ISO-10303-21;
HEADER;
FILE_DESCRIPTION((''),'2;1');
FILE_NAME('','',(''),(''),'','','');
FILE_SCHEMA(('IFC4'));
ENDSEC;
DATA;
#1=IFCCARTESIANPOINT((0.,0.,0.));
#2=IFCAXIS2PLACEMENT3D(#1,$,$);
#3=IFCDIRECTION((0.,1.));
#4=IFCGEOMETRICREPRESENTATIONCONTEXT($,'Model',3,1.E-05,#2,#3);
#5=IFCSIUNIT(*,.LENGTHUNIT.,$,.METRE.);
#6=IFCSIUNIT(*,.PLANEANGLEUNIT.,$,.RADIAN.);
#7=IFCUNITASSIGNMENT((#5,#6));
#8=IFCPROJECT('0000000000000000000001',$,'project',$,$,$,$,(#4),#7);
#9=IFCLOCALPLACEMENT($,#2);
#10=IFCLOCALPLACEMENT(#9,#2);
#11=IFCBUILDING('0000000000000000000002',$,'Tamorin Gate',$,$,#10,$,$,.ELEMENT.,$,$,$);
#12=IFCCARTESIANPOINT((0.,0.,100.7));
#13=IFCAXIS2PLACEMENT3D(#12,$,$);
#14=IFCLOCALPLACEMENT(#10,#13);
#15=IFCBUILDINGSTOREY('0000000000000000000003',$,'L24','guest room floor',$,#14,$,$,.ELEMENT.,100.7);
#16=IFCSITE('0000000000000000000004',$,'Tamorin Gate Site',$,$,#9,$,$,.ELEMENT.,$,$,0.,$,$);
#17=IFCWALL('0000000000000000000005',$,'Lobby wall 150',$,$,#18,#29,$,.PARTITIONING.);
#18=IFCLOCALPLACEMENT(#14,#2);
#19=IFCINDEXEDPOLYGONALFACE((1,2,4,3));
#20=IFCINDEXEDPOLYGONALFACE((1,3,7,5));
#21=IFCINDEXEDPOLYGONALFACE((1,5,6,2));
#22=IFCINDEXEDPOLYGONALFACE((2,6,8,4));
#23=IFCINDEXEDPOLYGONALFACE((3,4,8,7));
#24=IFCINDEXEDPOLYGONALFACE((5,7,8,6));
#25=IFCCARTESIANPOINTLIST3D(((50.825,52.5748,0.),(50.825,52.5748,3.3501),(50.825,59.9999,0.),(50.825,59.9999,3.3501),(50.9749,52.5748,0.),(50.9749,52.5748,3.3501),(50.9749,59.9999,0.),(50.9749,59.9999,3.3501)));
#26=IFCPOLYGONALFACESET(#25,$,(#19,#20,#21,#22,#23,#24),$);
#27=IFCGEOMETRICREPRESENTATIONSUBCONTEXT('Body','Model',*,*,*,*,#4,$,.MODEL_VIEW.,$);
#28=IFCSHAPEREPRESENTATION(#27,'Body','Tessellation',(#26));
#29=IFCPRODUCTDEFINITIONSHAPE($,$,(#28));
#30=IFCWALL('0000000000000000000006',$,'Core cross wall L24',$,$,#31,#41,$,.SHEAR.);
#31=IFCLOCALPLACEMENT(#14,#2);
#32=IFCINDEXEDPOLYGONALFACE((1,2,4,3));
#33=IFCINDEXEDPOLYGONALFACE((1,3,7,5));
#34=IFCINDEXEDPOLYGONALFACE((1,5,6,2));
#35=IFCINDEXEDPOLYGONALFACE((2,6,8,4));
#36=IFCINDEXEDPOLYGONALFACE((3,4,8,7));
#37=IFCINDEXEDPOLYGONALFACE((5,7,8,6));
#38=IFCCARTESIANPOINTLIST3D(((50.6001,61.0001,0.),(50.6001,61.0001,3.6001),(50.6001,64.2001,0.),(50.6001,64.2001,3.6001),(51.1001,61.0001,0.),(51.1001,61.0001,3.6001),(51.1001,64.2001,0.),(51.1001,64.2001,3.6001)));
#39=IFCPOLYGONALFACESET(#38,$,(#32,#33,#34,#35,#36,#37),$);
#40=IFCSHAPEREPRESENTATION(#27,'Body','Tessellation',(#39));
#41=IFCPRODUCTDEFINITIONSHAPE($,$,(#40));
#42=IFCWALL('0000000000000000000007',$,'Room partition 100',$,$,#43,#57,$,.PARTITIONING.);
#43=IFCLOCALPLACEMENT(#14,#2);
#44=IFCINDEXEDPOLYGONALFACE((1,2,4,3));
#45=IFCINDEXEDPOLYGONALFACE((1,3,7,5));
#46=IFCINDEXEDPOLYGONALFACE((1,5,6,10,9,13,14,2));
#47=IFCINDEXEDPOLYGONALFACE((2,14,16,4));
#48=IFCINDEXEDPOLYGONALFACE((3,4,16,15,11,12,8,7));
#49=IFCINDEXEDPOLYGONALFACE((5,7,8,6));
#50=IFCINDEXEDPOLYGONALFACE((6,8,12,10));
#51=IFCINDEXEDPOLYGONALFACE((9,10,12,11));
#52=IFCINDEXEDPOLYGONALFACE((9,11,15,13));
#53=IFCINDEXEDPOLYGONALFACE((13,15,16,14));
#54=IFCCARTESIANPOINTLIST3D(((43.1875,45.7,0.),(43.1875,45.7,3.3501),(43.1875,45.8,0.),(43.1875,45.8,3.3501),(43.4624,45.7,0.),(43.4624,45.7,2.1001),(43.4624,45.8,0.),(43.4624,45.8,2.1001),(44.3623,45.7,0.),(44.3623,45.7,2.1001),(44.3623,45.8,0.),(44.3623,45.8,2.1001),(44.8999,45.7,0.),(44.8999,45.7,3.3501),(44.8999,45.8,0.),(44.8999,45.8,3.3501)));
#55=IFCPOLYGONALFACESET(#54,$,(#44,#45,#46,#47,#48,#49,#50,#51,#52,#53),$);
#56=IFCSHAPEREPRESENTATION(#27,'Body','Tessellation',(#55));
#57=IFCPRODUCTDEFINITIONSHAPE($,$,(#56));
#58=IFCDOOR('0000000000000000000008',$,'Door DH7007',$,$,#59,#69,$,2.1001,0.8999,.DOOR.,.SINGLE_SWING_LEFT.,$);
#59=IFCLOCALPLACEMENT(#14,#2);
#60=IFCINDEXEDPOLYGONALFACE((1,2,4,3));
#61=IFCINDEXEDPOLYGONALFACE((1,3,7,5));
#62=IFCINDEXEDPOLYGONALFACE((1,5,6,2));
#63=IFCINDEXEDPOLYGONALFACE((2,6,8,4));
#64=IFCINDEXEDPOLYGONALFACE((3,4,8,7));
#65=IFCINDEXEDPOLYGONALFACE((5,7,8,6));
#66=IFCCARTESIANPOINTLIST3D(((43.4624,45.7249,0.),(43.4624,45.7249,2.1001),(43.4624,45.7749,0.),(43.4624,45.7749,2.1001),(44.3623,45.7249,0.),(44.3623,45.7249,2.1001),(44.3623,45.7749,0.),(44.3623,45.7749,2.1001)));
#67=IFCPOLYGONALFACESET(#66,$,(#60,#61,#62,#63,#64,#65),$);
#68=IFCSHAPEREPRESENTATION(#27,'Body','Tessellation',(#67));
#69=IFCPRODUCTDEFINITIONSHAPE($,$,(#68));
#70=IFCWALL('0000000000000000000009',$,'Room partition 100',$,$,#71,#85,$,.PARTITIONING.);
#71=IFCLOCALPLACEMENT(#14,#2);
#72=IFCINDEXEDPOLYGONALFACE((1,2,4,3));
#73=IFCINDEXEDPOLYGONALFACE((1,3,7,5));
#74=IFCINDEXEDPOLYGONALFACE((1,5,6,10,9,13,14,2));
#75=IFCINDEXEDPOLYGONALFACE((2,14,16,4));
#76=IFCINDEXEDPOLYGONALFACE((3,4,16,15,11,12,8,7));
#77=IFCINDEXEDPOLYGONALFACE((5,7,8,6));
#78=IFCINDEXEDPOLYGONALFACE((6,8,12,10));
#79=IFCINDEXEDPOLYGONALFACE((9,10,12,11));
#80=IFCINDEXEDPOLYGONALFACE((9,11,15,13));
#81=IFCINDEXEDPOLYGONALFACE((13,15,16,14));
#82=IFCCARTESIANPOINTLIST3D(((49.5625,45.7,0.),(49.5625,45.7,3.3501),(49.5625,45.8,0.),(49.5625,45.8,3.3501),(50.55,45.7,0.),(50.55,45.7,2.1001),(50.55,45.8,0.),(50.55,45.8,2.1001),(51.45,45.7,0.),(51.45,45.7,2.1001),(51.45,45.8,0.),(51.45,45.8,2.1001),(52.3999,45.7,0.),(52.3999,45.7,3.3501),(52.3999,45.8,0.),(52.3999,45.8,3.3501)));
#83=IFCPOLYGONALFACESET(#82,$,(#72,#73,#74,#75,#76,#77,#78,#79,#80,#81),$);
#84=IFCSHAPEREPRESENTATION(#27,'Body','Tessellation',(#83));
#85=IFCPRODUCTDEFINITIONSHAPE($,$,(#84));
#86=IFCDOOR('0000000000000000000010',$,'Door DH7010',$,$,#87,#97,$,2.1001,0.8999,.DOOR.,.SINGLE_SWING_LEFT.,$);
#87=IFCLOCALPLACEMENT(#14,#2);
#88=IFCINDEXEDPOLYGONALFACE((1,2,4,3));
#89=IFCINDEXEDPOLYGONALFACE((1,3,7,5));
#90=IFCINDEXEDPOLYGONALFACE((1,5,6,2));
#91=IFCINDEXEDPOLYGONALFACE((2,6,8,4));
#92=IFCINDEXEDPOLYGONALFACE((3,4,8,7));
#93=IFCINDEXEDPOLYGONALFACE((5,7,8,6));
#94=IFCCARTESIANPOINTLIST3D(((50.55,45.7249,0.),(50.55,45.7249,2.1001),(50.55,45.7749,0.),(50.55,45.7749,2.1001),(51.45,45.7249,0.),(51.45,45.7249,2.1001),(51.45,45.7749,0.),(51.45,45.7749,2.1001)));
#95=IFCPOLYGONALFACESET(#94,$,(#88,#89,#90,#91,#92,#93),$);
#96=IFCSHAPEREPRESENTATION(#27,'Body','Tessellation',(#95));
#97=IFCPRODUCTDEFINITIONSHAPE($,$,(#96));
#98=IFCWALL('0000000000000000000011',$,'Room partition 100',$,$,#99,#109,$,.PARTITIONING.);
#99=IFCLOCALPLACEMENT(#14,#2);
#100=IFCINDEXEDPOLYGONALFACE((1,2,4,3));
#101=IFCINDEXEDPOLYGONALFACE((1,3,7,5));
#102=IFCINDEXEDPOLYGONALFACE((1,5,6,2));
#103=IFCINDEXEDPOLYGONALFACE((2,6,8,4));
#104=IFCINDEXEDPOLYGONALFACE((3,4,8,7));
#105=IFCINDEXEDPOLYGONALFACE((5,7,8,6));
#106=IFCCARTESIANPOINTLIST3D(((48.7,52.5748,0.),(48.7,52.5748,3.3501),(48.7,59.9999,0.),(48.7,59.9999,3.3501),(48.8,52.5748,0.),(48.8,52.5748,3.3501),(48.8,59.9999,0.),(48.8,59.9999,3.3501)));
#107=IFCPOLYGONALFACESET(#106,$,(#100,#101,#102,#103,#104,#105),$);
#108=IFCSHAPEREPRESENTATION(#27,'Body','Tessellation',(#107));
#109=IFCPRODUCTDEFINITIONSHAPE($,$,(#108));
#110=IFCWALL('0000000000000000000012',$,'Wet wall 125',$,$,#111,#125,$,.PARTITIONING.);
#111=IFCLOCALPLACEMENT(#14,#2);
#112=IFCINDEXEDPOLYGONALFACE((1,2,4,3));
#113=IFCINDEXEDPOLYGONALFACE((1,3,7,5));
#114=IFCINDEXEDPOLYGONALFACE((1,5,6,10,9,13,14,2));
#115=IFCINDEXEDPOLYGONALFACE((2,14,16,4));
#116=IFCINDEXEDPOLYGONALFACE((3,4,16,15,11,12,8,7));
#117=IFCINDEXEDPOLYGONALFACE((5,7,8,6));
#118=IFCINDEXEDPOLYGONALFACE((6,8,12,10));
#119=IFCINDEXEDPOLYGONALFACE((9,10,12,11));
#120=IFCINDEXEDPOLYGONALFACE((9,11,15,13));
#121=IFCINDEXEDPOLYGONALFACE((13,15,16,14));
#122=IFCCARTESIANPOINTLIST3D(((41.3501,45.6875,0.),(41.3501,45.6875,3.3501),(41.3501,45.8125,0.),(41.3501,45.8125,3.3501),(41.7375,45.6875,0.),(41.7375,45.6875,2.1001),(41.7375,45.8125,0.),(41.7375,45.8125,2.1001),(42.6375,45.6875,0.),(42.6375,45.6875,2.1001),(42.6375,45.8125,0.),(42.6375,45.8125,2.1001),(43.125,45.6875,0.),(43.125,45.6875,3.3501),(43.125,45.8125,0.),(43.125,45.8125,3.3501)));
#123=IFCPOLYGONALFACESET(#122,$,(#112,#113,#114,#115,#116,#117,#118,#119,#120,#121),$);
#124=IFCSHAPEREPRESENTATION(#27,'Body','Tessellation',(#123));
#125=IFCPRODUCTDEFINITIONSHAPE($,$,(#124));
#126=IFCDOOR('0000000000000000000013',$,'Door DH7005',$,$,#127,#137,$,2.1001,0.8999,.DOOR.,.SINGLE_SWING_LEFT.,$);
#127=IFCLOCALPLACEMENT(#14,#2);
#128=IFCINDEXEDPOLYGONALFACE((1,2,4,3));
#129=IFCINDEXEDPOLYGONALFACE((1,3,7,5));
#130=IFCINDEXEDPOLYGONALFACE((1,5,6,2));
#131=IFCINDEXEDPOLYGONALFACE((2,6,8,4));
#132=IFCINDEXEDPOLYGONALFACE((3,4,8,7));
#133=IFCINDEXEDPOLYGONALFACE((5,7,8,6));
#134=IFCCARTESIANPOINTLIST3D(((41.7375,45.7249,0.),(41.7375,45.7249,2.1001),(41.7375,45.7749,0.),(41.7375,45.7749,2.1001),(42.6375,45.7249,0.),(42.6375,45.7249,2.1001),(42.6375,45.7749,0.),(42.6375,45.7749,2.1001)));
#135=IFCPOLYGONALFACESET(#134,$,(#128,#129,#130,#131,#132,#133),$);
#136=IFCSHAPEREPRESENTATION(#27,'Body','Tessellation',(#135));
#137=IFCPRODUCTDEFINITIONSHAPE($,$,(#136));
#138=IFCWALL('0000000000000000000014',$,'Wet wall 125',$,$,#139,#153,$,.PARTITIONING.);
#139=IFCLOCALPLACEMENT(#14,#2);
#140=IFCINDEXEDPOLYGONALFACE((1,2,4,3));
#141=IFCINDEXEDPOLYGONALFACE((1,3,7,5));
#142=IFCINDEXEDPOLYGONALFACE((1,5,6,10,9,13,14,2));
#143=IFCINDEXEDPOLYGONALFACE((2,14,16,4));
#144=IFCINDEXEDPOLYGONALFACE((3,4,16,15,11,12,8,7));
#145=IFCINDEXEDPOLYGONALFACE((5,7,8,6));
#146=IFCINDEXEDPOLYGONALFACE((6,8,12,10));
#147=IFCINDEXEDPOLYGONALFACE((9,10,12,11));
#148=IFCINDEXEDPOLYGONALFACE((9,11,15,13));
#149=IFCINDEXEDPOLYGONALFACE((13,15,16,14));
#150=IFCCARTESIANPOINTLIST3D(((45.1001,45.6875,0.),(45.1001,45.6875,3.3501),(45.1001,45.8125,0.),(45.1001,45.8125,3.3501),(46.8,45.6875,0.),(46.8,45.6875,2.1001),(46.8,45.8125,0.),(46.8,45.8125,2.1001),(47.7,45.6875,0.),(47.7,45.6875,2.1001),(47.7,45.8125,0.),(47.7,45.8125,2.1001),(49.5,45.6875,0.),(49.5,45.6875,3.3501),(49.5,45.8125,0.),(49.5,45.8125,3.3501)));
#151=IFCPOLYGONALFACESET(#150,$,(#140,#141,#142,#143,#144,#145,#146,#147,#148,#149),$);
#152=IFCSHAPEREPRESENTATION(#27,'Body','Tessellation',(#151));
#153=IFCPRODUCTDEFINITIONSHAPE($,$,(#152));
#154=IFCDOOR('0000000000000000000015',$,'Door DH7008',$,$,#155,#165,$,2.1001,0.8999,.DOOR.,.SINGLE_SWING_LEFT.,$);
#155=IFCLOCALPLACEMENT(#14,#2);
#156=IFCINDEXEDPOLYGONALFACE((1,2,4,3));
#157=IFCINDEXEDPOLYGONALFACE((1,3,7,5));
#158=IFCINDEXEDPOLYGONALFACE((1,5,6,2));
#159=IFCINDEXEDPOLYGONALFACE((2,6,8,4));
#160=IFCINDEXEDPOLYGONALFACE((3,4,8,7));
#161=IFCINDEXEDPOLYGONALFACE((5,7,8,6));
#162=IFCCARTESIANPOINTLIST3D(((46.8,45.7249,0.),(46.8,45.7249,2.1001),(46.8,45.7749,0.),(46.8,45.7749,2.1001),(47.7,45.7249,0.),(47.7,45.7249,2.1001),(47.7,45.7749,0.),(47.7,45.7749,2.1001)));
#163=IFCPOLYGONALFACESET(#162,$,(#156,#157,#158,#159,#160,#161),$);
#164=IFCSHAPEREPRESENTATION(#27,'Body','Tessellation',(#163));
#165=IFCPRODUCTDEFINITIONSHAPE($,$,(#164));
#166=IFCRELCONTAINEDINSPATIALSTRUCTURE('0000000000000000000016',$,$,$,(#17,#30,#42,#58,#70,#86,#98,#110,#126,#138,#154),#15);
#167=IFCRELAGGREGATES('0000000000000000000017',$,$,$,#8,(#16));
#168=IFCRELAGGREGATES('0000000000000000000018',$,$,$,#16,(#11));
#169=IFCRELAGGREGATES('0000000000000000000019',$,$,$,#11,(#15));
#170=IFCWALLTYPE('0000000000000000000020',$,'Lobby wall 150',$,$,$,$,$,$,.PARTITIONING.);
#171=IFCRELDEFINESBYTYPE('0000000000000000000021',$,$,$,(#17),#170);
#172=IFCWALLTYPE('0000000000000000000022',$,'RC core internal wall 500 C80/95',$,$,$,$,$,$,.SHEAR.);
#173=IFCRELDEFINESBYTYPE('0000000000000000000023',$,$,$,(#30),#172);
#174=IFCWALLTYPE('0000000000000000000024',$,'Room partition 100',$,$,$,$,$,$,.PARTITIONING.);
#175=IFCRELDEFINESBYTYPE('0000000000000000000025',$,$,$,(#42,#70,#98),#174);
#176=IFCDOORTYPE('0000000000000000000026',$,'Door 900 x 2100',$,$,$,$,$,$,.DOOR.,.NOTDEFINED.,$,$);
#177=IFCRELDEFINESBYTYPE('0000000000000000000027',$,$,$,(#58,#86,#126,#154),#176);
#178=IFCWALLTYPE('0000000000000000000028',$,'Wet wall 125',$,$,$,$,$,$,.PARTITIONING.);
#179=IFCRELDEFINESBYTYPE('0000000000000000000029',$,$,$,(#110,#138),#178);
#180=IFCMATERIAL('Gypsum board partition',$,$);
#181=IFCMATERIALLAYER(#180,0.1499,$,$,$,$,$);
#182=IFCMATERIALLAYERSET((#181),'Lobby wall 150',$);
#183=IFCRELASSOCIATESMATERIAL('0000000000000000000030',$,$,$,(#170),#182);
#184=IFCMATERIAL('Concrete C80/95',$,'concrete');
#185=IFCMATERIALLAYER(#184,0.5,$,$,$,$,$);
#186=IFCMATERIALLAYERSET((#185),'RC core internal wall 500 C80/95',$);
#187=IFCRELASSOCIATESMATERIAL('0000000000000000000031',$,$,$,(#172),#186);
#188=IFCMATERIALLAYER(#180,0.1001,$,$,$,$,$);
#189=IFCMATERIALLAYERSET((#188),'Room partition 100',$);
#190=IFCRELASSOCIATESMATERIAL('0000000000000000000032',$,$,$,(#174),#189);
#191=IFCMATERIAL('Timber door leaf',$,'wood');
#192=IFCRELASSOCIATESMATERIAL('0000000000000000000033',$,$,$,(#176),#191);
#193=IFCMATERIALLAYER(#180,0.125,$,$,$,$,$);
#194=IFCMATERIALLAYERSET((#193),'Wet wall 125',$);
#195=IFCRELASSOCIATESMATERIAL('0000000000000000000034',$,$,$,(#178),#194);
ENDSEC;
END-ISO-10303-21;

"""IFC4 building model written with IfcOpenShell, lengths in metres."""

from ifc_helpers import new_model, si_unit, direction, frame, frame_2d, origin, place, context, subcontext, project, spatial, rectangle, extrude, material, layer, layer_set, type_object, element, fill, save


model = new_model("IFC4")

# Units and contexts
model_context = context("Model", 3, precision=1e-05, world=origin(), true_north=direction((0.0, 1.0)))
body_context = subcontext(model_context, "Body", "Model", "MODEL_VIEW")
ifc_project = project(units=[si_unit("LENGTHUNIT", "METRE"), si_unit("PLANEANGLEUNIT", "RADIAN")], contexts=[model_context])

# Site, building, storey
site_placement = place(None, origin())
site = spatial("IfcSite", under=ifc_project, at=site_placement, Name="Tamorin Gate Site", CompositionType="ELEMENT", RefElevation=0.0)
building_placement = place(site_placement, origin())
building = spatial("IfcBuilding", under=site, at=building_placement, Name="Tamorin Gate", CompositionType="ELEMENT")
storey_placement = place(building_placement, frame((0.0, 0.0, 100.7)))
storey = spatial("IfcBuildingStorey", under=building, at=storey_placement, Name="L24", Description="guest room floor", CompositionType="ELEMENT", Elevation=100.7)

# Shared definitions
ifc_material_1 = material(Name="Concrete C80/95", Category="concrete")

# Walls
ifc_material_2 = material(Name="Gypsum board partition")
ifc_layer_1 = layer(ifc_material_2, 0.1499)
ifc_layer_set_1 = layer_set([ifc_layer_1], Name="Lobby wall 150")
wall_type_1 = type_object("IfcWallType", Name="Lobby wall 150", PredefinedType="PARTITIONING", material=ifc_layer_set_1)
wall_1_placement = place(storey_placement, frame((50.8999, 52.575, 0.0), z_axis=(0.0, 0.0, 1.0), x_axis=(0.0, 1.0, 0.0)))
element("IfcWall", 1, at=wall_1_placement, inside=storey, type_object=wall_type_1, Name="Lobby wall 150", PredefinedType="PARTITIONING", context=body_context, shape_type="SweptSolid", body=[
    extrude(rectangle(XDim=7.425, YDim=0.1499, at=frame_2d((3.7124, 0.0))), origin(), (0.0, 0.0, 1.0), 3.3501),
])
ifc_layer_2 = layer(ifc_material_1, 0.5)
ifc_layer_set_2 = layer_set([ifc_layer_2], Name="RC core internal wall 500 C80/95")
wall_type_2 = type_object("IfcWallType", Name="RC core internal wall 500 C80/95", PredefinedType="SHEAR", material=ifc_layer_set_2)
wall_2_placement = place(storey_placement, frame((50.8501, 61.0, 0.0), z_axis=(0.0, 0.0, 1.0), x_axis=(0.0, 1.0, 0.0)))
element("IfcWall", 2, at=wall_2_placement, inside=storey, type_object=wall_type_2, Name="Core cross wall L24", PredefinedType="SHEAR", context=body_context, shape_type="SweptSolid", body=[
    extrude(rectangle(XDim=3.2, YDim=0.5, at=frame_2d((1.6001, 0.0))), origin(), (0.0, 0.0, 1.0), 3.6001),
])

# Walls, openings, doors
ifc_layer_3 = layer(ifc_material_2, 0.1001)
ifc_layer_set_3 = layer_set([ifc_layer_3], Name="Room partition 100")
wall_type_3 = type_object("IfcWallType", Name="Room partition 100", PredefinedType="PARTITIONING", material=ifc_layer_set_3)
wall_3_placement = place(storey_placement, frame((43.1875, 45.75, 0.0), z_axis=(0.0, 0.0, 1.0), x_axis=(1.0, 0.0, 0.0)))
wall_3 = element("IfcWall", 3, at=wall_3_placement, inside=storey, type_object=wall_type_3, Name="Room partition 100", PredefinedType="PARTITIONING", context=body_context, shape_type="SweptSolid", body=[
    extrude(rectangle(XDim=1.7124, YDim=0.1001, at=frame_2d((0.8562, 0.0))), origin(), (0.0, 0.0, 1.0), 3.3501),
])
opening_1_placement = place(wall_3_placement, frame((0.2749, 0.0, 0.0)))
opening_1 = element("IfcOpeningElement", 4, at=opening_1_placement, cuts=wall_3, PredefinedType="OPENING", context=body_context, shape_type="SweptSolid", body=[
    extrude(rectangle(XDim=0.8999, YDim=2.1001, at=frame_2d((0.45, 1.05))), frame((0.0, 0.0601, 0.0), z_axis=(0.0, -1.0, 0.0), x_axis=(1.0, 0.0, 0.0)), (0.0, 0.0, 1.0), 0.1201),
])
ifc_material_3 = material(Name="Timber door leaf", Category="wood")
door_type = type_object("IfcDoorType", Name="Door 900 x 2100", OperationType="NOTDEFINED", PredefinedType="DOOR", material=ifc_material_3)
door_1_placement = place(opening_1_placement, origin())
door_1 = element("IfcDoor", 5, at=door_1_placement, inside=storey, type_object=door_type, Name="Door DH7007", OperationType="SINGLE_SWING_LEFT", OverallHeight=2.1001, OverallWidth=0.8999, PredefinedType="DOOR", context=body_context, shape_type="SweptSolid", body=[
    extrude(rectangle(XDim=0.8999, YDim=2.1001, at=frame_2d((0.45, 1.05))), frame((0.0, 0.0249, 0.0), z_axis=(0.0, -1.0, 0.0), x_axis=(1.0, 0.0, 0.0)), (0.0, 0.0, 1.0), 0.05),
])
fill(opening_1, door_1)
wall_4_placement = place(storey_placement, frame((49.5625, 45.75, 0.0), z_axis=(0.0, 0.0, 1.0), x_axis=(1.0, 0.0, 0.0)))
wall_4 = element("IfcWall", 6, at=wall_4_placement, inside=storey, type_object=wall_type_3, Name="Room partition 100", PredefinedType="PARTITIONING", context=body_context, shape_type="SweptSolid", body=[
    extrude(rectangle(XDim=2.8374, YDim=0.1001, at=frame_2d((1.4187, 0.0))), origin(), (0.0, 0.0, 1.0), 3.3501),
])
opening_2_placement = place(wall_4_placement, frame((0.9875, 0.0, 0.0)))
opening_2 = element("IfcOpeningElement", 7, at=opening_2_placement, cuts=wall_4, PredefinedType="OPENING", context=body_context, shape_type="SweptSolid", body=[
    extrude(rectangle(XDim=0.8999, YDim=2.1001, at=frame_2d((0.45, 1.05))), frame((0.0, 0.0601, 0.0), z_axis=(0.0, -1.0, 0.0), x_axis=(1.0, 0.0, 0.0)), (0.0, 0.0, 1.0), 0.1201),
])
door_2_placement = place(opening_2_placement, origin())
door_2 = element("IfcDoor", 8, at=door_2_placement, inside=storey, type_object=door_type, Name="Door DH7010", OperationType="SINGLE_SWING_LEFT", OverallHeight=2.1001, OverallWidth=0.8999, PredefinedType="DOOR", context=body_context, shape_type="SweptSolid", body=[
    extrude(rectangle(XDim=0.8999, YDim=2.1001, at=frame_2d((0.45, 1.05))), frame((0.0, 0.0249, 0.0), z_axis=(0.0, -1.0, 0.0), x_axis=(1.0, 0.0, 0.0)), (0.0, 0.0, 1.0), 0.05),
])
fill(opening_2, door_2)

# Wall
wall_5_placement = place(storey_placement, frame((48.75, 52.575, 0.0), z_axis=(0.0, 0.0, 1.0), x_axis=(0.0, 1.0, 0.0)))
element("IfcWall", 9, at=wall_5_placement, inside=storey, type_object=wall_type_3, Name="Room partition 100", PredefinedType="PARTITIONING", context=body_context, shape_type="SweptSolid", body=[
    extrude(rectangle(XDim=7.425, YDim=0.1001, at=frame_2d((3.7124, 0.0))), origin(), (0.0, 0.0, 1.0), 3.3501),
])

# Walls, openings, doors
ifc_layer_4 = layer(ifc_material_2, 0.125)
ifc_layer_set_4 = layer_set([ifc_layer_4], Name="Wet wall 125")
wall_type_4 = type_object("IfcWallType", Name="Wet wall 125", PredefinedType="PARTITIONING", material=ifc_layer_set_4)
wall_6_placement = place(storey_placement, frame((41.3501, 45.75, 0.0), z_axis=(0.0, 0.0, 1.0), x_axis=(1.0, 0.0, 0.0)))
wall_6 = element("IfcWall", 10, at=wall_6_placement, inside=storey, type_object=wall_type_4, Name="Wet wall 125", PredefinedType="PARTITIONING", context=body_context, shape_type="SweptSolid", body=[
    extrude(rectangle(XDim=1.7749, YDim=0.125, at=frame_2d((0.8875, 0.0))), origin(), (0.0, 0.0, 1.0), 3.3501),
])
opening_3_placement = place(wall_6_placement, frame((0.3875, 0.0, 0.0)))
opening_3 = element("IfcOpeningElement", 11, at=opening_3_placement, cuts=wall_6, PredefinedType="OPENING", context=body_context, shape_type="SweptSolid", body=[
    extrude(rectangle(XDim=0.8999, YDim=2.1001, at=frame_2d((0.45, 1.05))), frame((0.0, 0.0725, 0.0), z_axis=(0.0, -1.0, 0.0), x_axis=(1.0, 0.0, 0.0)), (0.0, 0.0, 1.0), 0.145),
])
door_3_placement = place(opening_3_placement, origin())
door_3 = element("IfcDoor", 12, at=door_3_placement, inside=storey, type_object=door_type, Name="Door DH7005", OperationType="SINGLE_SWING_LEFT", OverallHeight=2.1001, OverallWidth=0.8999, PredefinedType="DOOR", context=body_context, shape_type="SweptSolid", body=[
    extrude(rectangle(XDim=0.8999, YDim=2.1001, at=frame_2d((0.45, 1.05))), frame((0.0, 0.0249, 0.0), z_axis=(0.0, -1.0, 0.0), x_axis=(1.0, 0.0, 0.0)), (0.0, 0.0, 1.0), 0.05),
])
fill(opening_3, door_3)
wall_7_placement = place(storey_placement, frame((45.1001, 45.75, 0.0), z_axis=(0.0, 0.0, 1.0), x_axis=(1.0, 0.0, 0.0)))
wall_7 = element("IfcWall", 13, at=wall_7_placement, inside=storey, type_object=wall_type_4, Name="Wet wall 125", PredefinedType="PARTITIONING", context=body_context, shape_type="SweptSolid", body=[
    extrude(rectangle(XDim=4.3999, YDim=0.125, at=frame_2d((2.2, 0.0))), origin(), (0.0, 0.0, 1.0), 3.3501),
])
opening_4_placement = place(wall_7_placement, frame((1.7, 0.0, 0.0)))
opening_4 = element("IfcOpeningElement", 14, at=opening_4_placement, cuts=wall_7, PredefinedType="OPENING", context=body_context, shape_type="SweptSolid", body=[
    extrude(rectangle(XDim=0.8999, YDim=2.1001, at=frame_2d((0.45, 1.05))), frame((0.0, 0.0725, 0.0), z_axis=(0.0, -1.0, 0.0), x_axis=(1.0, 0.0, 0.0)), (0.0, 0.0, 1.0), 0.145),
])
door_4_placement = place(opening_4_placement, origin())
door_4 = element("IfcDoor", 15, at=door_4_placement, inside=storey, type_object=door_type, Name="Door DH7008", OperationType="SINGLE_SWING_LEFT", OverallHeight=2.1001, OverallWidth=0.8999, PredefinedType="DOOR", context=body_context, shape_type="SweptSolid", body=[
    extrude(rectangle(XDim=0.8999, YDim=2.1001, at=frame_2d((0.45, 1.05))), frame((0.0, 0.0249, 0.0), z_axis=(0.0, -1.0, 0.0), x_axis=(1.0, 0.0, 0.0)), (0.0, 0.0, 1.0), 0.05),
])
fill(opening_4, door_4)

save(model, "model.ifc")
